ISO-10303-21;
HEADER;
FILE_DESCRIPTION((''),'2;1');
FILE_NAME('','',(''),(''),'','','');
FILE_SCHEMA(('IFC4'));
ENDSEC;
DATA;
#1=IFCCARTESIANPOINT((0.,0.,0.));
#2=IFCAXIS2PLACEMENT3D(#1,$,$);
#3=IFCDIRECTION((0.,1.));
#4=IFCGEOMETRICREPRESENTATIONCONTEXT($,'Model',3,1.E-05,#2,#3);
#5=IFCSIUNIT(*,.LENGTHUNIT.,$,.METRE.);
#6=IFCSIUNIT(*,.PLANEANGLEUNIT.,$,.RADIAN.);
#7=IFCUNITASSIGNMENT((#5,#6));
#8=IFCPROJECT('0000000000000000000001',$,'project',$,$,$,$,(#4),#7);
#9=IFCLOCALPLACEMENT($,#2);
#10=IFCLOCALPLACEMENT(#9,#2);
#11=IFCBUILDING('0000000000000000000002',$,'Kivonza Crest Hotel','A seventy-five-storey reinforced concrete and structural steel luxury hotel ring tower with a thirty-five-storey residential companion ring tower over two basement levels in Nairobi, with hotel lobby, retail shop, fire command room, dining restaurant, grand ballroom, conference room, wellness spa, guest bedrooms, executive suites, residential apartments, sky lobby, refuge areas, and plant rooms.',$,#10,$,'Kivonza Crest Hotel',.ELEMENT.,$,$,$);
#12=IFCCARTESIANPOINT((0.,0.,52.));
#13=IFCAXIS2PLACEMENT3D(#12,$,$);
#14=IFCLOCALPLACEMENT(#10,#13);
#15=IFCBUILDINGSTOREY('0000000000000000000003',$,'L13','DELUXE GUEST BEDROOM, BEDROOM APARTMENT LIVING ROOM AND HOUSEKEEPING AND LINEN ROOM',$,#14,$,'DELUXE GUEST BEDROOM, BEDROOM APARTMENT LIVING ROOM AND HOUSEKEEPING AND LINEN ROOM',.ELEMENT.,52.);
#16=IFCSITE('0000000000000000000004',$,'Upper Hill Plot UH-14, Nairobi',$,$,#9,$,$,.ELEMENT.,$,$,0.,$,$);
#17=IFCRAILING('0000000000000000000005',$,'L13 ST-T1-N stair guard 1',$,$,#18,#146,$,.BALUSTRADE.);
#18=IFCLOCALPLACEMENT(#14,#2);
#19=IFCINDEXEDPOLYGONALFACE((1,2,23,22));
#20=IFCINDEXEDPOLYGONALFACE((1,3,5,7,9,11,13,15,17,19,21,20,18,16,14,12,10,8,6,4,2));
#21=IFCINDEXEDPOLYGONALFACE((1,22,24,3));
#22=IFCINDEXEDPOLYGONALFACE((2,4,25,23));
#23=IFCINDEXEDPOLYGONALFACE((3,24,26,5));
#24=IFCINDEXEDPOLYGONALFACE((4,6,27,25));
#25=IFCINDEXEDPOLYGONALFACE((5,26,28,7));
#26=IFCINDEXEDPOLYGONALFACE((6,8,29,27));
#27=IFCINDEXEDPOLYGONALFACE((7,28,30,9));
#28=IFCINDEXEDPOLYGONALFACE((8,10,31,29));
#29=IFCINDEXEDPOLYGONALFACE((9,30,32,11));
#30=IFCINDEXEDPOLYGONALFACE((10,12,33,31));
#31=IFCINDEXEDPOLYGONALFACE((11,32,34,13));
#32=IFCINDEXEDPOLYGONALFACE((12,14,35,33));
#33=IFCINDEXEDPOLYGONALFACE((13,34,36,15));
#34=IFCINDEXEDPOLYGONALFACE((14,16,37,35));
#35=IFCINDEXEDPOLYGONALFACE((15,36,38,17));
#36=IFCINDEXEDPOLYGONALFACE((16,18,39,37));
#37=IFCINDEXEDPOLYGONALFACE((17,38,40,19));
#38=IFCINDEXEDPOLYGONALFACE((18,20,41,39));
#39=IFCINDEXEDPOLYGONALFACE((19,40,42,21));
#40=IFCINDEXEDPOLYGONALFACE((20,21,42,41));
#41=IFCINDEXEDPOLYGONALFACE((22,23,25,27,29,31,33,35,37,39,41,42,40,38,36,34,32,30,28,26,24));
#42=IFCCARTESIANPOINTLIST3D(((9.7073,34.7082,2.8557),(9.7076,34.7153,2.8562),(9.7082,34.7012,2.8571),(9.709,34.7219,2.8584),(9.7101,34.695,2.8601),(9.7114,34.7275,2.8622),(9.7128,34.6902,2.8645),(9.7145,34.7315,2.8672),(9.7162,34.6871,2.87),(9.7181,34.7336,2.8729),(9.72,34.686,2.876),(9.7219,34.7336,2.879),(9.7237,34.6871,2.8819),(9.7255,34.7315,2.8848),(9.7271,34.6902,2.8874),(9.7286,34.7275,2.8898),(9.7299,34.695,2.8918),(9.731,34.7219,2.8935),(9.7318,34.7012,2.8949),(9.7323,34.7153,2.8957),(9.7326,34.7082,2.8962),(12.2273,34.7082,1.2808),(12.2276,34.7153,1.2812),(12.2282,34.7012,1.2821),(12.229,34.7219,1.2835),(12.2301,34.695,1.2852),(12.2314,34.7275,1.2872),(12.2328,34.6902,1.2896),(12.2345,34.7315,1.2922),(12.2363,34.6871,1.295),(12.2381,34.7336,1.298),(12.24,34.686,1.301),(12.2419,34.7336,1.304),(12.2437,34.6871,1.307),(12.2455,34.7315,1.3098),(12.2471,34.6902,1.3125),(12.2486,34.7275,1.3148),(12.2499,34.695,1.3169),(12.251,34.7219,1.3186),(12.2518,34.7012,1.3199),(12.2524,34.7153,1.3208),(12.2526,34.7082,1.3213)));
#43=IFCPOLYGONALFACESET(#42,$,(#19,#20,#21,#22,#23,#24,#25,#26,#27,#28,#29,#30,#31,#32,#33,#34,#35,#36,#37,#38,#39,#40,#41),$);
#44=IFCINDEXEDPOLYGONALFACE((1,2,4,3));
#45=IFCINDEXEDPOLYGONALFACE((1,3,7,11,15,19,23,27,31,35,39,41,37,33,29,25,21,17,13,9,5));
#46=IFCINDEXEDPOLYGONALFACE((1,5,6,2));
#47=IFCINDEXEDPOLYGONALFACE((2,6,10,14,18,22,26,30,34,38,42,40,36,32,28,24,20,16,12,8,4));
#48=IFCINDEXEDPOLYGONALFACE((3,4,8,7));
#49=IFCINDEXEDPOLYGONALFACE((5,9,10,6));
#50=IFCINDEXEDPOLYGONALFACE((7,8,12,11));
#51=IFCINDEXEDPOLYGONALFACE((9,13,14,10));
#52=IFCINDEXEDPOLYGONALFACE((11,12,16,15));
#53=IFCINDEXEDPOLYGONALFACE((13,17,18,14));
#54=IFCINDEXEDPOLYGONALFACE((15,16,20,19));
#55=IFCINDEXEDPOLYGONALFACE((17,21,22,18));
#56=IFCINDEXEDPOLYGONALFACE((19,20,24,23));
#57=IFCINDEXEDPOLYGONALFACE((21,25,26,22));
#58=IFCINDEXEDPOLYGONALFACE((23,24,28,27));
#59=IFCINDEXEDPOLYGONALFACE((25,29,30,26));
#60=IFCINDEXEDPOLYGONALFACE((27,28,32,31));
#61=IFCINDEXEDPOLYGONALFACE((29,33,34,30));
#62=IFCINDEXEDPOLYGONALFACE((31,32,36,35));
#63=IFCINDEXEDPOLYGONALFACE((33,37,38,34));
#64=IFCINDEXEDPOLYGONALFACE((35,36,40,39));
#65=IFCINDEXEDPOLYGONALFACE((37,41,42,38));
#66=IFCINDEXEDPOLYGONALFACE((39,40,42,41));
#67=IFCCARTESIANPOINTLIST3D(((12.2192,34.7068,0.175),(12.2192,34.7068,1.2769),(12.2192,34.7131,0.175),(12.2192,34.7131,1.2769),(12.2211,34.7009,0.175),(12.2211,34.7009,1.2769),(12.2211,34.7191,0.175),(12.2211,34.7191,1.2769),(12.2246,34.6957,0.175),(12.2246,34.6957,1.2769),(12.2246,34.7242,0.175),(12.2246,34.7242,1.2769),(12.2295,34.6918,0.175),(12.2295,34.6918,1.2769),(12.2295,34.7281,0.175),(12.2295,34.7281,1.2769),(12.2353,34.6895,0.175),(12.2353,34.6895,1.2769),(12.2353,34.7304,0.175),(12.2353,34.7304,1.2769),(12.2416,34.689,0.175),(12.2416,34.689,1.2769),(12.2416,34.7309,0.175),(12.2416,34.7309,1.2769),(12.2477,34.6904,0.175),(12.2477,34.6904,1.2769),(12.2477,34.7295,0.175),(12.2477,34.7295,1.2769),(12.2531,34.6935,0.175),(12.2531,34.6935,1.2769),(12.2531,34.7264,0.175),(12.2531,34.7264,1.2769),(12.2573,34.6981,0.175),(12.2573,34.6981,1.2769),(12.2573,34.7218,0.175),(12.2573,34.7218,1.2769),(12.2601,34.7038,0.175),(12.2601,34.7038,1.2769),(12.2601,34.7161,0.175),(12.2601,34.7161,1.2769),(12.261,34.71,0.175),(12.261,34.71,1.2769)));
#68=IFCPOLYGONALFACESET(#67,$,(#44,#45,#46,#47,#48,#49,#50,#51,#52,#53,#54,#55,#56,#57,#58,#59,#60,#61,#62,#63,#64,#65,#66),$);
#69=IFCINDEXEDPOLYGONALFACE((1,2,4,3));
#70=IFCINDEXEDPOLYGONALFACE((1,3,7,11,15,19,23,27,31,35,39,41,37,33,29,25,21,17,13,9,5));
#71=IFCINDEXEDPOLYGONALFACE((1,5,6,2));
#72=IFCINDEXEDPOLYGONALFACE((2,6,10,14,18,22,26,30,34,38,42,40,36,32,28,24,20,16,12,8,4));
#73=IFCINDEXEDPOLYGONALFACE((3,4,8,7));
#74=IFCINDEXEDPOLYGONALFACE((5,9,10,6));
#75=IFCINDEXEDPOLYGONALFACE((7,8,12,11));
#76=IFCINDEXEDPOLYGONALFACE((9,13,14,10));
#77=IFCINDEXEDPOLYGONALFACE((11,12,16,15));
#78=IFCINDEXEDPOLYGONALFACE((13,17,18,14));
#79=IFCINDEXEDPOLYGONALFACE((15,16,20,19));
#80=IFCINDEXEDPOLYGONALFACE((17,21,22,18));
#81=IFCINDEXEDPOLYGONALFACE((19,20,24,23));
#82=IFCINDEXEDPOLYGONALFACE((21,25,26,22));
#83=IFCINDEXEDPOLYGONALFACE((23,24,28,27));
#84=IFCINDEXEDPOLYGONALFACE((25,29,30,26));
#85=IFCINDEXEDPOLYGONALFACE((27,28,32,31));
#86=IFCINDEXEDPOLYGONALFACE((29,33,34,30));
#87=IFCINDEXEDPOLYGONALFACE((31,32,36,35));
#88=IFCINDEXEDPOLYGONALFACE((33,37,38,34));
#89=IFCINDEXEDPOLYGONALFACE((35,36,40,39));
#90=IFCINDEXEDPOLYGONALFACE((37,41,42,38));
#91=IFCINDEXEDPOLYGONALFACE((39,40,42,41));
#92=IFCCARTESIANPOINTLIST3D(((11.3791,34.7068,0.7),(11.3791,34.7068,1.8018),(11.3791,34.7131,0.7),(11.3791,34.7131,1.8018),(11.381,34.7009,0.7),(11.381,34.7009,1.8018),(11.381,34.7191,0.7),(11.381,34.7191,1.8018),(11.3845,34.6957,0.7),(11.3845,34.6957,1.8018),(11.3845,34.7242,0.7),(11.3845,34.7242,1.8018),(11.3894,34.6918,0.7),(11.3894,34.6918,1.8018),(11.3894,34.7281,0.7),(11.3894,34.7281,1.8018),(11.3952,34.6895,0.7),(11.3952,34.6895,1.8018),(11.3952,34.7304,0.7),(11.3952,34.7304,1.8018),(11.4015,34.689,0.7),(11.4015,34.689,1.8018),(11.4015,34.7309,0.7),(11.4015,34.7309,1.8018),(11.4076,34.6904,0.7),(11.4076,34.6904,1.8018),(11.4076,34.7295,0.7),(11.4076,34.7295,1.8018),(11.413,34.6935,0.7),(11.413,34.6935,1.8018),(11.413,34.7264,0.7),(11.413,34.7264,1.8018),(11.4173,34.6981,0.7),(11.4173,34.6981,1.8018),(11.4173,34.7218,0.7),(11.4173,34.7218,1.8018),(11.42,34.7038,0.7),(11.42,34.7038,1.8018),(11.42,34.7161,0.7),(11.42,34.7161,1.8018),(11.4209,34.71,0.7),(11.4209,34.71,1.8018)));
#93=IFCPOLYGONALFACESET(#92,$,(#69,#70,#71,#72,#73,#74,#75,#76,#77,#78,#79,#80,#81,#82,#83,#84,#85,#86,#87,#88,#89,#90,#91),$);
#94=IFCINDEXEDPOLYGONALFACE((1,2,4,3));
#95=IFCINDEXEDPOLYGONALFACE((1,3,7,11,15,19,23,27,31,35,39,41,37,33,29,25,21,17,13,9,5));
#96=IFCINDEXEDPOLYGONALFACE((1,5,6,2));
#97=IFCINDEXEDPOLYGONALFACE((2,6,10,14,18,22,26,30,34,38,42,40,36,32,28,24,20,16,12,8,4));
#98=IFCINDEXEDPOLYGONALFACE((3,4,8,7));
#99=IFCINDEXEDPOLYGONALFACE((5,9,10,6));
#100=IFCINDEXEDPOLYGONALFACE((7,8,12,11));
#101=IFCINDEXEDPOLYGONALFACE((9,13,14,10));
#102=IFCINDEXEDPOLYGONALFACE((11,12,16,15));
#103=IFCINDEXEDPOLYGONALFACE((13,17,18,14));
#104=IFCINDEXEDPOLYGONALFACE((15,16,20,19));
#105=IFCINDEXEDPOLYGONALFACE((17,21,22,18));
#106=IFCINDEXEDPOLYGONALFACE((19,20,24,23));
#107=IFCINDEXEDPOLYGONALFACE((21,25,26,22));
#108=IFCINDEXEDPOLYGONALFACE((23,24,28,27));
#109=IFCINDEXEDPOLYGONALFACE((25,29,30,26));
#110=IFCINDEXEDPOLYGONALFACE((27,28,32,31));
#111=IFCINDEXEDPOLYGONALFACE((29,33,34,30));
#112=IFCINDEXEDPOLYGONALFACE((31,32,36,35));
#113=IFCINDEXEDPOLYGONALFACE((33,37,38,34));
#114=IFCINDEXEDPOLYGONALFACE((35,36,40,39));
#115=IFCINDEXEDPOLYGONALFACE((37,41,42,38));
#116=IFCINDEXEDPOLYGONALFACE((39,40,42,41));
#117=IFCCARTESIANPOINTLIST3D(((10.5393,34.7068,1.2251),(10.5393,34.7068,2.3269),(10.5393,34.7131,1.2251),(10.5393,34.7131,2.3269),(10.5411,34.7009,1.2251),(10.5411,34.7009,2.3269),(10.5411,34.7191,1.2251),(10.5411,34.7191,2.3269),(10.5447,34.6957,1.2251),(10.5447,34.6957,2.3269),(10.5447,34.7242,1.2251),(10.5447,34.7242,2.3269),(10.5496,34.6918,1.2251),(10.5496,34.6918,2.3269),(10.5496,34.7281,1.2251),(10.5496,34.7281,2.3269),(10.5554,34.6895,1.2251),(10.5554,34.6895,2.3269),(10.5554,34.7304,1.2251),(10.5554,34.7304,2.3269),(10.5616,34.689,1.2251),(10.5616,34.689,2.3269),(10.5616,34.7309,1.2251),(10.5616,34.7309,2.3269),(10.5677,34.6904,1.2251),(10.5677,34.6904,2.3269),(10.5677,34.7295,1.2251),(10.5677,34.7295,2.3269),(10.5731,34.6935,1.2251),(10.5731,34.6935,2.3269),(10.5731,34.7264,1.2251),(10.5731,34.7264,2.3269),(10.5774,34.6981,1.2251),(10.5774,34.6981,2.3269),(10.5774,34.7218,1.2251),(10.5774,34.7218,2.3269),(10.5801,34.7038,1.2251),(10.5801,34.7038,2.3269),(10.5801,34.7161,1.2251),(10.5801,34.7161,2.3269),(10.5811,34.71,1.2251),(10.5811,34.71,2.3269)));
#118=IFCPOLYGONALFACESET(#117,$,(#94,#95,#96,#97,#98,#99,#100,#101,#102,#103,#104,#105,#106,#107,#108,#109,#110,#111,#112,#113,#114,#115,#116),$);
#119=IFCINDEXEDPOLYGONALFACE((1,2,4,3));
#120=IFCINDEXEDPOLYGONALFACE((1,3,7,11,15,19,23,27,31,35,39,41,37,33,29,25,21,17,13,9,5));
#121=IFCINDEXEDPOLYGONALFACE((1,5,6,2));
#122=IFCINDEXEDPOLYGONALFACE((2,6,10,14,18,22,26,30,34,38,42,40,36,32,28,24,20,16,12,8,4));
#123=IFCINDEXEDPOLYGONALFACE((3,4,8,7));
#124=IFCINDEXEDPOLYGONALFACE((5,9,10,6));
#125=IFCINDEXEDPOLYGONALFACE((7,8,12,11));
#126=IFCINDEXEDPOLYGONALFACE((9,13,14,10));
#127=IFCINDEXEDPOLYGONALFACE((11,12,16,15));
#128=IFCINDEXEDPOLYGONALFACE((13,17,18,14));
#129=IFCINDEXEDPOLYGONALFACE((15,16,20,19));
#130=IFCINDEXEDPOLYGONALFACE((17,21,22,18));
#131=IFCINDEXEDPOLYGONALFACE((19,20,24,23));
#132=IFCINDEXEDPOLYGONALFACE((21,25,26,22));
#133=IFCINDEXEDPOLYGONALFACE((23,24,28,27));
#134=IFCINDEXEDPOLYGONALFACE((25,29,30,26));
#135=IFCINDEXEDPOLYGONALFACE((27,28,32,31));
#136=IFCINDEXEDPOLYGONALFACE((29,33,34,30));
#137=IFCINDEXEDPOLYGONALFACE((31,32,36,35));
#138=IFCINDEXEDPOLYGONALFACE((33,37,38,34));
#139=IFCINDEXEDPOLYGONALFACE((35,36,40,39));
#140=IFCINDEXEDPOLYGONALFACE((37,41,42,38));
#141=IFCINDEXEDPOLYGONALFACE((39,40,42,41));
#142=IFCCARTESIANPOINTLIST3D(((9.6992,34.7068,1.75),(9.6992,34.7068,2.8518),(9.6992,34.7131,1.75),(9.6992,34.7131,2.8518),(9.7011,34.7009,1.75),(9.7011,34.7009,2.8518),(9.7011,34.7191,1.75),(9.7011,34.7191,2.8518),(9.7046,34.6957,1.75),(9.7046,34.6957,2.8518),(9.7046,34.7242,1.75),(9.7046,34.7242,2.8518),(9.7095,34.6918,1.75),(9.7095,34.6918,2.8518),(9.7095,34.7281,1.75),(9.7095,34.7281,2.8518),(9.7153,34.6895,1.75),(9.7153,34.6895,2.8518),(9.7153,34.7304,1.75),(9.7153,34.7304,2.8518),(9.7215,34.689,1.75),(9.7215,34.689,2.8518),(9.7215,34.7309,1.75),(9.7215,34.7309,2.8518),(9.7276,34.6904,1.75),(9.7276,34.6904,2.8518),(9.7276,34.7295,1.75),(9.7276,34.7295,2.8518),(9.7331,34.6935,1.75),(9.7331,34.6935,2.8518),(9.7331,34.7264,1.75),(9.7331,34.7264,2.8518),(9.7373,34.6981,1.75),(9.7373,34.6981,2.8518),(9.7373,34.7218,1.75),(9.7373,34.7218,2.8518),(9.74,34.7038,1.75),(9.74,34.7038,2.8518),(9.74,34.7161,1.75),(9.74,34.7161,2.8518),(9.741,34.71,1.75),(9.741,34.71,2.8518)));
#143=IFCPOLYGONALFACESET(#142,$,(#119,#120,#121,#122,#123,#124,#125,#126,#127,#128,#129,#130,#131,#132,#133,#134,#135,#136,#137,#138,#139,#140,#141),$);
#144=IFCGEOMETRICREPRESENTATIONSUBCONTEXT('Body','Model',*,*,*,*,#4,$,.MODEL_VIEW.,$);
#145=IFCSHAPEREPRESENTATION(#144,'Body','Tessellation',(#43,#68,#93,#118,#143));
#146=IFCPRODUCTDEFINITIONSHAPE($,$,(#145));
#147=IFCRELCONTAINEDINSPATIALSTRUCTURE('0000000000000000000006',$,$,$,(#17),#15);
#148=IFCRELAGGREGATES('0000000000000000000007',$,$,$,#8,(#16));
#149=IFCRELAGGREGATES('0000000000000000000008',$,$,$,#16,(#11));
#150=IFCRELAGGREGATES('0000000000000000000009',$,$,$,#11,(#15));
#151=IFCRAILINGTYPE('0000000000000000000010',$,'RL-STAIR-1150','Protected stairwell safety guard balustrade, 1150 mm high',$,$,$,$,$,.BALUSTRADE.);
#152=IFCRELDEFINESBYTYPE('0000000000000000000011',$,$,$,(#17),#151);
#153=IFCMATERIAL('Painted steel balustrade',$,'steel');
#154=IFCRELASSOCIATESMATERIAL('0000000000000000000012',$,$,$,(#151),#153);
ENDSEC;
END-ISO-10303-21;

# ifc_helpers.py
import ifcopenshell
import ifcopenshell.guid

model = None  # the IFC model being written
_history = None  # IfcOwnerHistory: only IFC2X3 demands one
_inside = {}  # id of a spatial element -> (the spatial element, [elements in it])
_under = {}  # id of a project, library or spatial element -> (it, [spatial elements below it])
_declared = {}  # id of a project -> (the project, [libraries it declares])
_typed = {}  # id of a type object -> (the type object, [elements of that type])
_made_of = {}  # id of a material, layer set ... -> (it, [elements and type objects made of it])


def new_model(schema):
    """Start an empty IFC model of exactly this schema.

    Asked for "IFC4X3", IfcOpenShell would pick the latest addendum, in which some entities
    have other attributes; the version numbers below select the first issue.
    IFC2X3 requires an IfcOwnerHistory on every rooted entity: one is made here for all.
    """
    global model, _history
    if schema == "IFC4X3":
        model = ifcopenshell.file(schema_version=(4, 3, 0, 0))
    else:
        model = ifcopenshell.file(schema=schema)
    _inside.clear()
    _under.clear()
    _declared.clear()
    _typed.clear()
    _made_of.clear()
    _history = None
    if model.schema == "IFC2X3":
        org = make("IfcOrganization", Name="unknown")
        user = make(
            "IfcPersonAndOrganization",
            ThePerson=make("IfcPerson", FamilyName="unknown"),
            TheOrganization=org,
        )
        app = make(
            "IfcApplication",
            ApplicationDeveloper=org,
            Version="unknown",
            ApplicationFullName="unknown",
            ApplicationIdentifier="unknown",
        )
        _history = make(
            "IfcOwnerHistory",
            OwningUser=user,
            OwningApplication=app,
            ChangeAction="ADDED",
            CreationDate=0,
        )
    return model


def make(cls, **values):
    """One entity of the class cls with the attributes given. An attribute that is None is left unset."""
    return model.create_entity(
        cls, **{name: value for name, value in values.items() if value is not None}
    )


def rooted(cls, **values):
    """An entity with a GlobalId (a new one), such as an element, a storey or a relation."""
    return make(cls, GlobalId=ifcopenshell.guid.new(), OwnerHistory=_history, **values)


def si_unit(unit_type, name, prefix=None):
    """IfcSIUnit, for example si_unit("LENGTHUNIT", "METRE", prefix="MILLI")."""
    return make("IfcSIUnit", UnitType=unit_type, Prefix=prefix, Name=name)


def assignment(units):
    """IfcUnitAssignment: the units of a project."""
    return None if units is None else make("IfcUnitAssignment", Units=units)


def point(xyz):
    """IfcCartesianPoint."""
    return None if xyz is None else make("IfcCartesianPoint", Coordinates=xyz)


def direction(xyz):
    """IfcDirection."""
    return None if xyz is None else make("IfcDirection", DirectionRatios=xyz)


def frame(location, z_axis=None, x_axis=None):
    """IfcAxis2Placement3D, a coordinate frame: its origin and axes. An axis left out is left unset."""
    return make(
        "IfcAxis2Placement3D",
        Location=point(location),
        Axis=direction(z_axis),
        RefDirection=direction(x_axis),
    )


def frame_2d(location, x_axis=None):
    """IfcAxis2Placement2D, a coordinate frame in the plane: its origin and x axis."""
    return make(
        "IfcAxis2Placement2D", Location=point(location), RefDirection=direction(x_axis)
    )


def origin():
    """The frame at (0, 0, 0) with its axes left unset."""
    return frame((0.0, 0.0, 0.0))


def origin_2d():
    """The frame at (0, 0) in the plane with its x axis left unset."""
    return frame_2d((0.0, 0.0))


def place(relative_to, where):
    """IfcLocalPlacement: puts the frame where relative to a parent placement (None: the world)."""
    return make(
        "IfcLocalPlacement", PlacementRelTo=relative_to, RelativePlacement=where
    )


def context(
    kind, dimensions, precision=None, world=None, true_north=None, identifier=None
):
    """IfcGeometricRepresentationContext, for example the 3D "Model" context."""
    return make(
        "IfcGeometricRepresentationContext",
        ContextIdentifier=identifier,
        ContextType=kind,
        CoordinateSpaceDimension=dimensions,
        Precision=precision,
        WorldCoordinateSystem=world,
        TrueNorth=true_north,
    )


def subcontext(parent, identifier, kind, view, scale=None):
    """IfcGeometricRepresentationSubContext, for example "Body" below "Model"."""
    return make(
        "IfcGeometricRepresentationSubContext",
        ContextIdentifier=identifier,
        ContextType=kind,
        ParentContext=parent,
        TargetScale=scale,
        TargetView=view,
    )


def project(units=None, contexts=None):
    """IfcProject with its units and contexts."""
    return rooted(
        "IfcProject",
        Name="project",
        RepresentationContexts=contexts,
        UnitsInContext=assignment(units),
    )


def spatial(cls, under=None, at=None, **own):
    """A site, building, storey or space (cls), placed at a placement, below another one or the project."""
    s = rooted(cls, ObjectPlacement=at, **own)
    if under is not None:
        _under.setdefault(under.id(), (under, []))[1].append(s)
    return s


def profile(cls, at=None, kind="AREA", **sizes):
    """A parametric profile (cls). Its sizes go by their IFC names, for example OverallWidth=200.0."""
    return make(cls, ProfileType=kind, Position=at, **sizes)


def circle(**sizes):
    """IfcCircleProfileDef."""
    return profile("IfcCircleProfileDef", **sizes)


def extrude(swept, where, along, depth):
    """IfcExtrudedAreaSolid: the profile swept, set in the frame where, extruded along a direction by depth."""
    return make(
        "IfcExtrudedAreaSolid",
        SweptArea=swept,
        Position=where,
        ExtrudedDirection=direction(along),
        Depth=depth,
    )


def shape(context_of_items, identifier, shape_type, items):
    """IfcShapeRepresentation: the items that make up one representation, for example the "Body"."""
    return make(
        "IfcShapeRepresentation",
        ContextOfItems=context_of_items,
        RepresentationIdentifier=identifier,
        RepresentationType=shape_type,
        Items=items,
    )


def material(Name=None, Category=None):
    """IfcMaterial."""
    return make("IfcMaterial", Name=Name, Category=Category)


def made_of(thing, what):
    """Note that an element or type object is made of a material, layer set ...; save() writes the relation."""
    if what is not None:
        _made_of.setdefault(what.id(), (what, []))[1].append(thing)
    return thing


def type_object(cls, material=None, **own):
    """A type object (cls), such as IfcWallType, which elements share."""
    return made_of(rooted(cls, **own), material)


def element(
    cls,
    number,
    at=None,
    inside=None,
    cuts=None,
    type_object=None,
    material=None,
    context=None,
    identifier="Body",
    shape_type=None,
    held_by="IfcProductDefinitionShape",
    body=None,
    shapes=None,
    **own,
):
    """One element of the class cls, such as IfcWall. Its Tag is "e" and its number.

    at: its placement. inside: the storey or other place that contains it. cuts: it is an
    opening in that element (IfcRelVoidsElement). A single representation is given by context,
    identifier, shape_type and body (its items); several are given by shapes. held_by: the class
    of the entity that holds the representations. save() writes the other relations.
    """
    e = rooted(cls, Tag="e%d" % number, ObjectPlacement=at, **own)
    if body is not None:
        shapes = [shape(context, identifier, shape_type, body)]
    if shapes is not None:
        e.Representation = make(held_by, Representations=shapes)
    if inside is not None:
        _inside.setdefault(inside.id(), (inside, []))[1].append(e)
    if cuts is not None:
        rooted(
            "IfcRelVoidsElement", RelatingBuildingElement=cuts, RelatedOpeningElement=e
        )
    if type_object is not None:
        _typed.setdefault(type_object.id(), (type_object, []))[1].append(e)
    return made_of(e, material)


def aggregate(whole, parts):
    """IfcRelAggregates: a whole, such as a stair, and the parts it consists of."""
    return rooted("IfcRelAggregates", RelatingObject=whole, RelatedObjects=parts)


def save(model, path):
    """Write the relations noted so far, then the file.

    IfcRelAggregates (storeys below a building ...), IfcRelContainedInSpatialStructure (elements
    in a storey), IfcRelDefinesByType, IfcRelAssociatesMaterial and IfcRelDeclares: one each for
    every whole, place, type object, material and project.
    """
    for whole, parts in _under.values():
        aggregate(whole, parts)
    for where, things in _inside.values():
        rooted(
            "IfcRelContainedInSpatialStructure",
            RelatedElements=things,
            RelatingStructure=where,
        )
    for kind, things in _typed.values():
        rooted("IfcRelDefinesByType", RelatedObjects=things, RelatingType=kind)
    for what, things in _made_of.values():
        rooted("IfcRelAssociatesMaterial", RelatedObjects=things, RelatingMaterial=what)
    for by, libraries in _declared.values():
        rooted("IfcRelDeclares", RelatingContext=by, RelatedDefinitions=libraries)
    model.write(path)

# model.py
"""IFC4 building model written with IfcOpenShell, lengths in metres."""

from ifc_helpers import new_model, si_unit, direction, frame, origin, origin_2d, place, context, subcontext, project, spatial, circle, extrude, material, type_object, element, save


model = new_model("IFC4")

# Units and contexts
model_context = context("Model", 3, precision=1e-05, world=origin(), true_north=direction((0.0, 1.0)))
body_context = subcontext(model_context, "Body", "Model", "MODEL_VIEW")
ifc_project = project(units=[si_unit("LENGTHUNIT", "METRE"), si_unit("PLANEANGLEUNIT", "RADIAN")], contexts=[model_context])

# Site, building, storey
site_placement = place(None, origin())
site = spatial("IfcSite", under=ifc_project, at=site_placement, Name="Upper Hill Plot UH-14, Nairobi", CompositionType="ELEMENT", RefElevation=0.0)
building_placement = place(site_placement, origin())
building = spatial("IfcBuilding", under=site, at=building_placement, Name="Kivonza Crest Hotel", Description="A seventy-five-storey reinforced concrete and structural steel luxury hotel ring tower with a thirty-five-storey residential companion ring tower over two basement levels in Nairobi, with hotel lobby, retail shop, fire command room, dining restaurant, grand ballroom, conference room, wellness spa, guest bedrooms, executive suites, residential apartments, sky lobby, refuge areas, and plant rooms.", LongName="Kivonza Crest Hotel", CompositionType="ELEMENT")
storey_placement = place(building_placement, frame((0.0, 0.0, 52.0)))
storey = spatial("IfcBuildingStorey", under=building, at=storey_placement, Name="L13", Description="DELUXE GUEST BEDROOM, BEDROOM APARTMENT LIVING ROOM AND HOUSEKEEPING AND LINEN ROOM", LongName="DELUXE GUEST BEDROOM, BEDROOM APARTMENT LIVING ROOM AND HOUSEKEEPING AND LINEN ROOM", CompositionType="ELEMENT", Elevation=52.0)

# Railing
ifc_material_1 = material(Name="Painted steel balustrade", Category="steel")
railing_type_1 = type_object("IfcRailingType", Name="RL-STAIR-1150", Description="Protected stairwell safety guard balustrade, 1150 mm high", PredefinedType="BALUSTRADE", material=ifc_material_1)
railing_1_placement = place(storey_placement, frame((12.24, 34.71, 0.175)))
element("IfcRailing", 1, at=railing_1_placement, inside=storey, type_object=railing_type_1, Name="L13 ST-T1-N stair guard 1", PredefinedType="BALUSTRADE", context=body_context, shape_type="SweptSolid", body=[
    extrude(circle(Radius=0.0239, at=origin_2d()), frame((0.0, 0.0, 1.126), z_axis=(-0.848008, 0.0, 0.529984), x_axis=(0.0, -1.0, 0.0)), (0.0, 0.0, 1.0), 2.9717),
    extrude(circle(Radius=0.021, at=origin_2d()), origin(), (0.0, 0.0, 1.0), 1.1018),
    extrude(circle(Radius=0.021, at=origin_2d()), frame((-0.8401, 0.0, 0.5249)), (0.0, 0.0, 1.0), 1.1018),
    extrude(circle(Radius=0.021, at=origin_2d()), frame((-1.6799, 0.0, 1.05)), (0.0, 0.0, 1.0), 1.1018),
    extrude(circle(Radius=0.021, at=origin_2d()), frame((-2.52, 0.0, 1.575)), (0.0, 0.0, 1.0), 1.1018),
])

save(model, "model.ifc")
